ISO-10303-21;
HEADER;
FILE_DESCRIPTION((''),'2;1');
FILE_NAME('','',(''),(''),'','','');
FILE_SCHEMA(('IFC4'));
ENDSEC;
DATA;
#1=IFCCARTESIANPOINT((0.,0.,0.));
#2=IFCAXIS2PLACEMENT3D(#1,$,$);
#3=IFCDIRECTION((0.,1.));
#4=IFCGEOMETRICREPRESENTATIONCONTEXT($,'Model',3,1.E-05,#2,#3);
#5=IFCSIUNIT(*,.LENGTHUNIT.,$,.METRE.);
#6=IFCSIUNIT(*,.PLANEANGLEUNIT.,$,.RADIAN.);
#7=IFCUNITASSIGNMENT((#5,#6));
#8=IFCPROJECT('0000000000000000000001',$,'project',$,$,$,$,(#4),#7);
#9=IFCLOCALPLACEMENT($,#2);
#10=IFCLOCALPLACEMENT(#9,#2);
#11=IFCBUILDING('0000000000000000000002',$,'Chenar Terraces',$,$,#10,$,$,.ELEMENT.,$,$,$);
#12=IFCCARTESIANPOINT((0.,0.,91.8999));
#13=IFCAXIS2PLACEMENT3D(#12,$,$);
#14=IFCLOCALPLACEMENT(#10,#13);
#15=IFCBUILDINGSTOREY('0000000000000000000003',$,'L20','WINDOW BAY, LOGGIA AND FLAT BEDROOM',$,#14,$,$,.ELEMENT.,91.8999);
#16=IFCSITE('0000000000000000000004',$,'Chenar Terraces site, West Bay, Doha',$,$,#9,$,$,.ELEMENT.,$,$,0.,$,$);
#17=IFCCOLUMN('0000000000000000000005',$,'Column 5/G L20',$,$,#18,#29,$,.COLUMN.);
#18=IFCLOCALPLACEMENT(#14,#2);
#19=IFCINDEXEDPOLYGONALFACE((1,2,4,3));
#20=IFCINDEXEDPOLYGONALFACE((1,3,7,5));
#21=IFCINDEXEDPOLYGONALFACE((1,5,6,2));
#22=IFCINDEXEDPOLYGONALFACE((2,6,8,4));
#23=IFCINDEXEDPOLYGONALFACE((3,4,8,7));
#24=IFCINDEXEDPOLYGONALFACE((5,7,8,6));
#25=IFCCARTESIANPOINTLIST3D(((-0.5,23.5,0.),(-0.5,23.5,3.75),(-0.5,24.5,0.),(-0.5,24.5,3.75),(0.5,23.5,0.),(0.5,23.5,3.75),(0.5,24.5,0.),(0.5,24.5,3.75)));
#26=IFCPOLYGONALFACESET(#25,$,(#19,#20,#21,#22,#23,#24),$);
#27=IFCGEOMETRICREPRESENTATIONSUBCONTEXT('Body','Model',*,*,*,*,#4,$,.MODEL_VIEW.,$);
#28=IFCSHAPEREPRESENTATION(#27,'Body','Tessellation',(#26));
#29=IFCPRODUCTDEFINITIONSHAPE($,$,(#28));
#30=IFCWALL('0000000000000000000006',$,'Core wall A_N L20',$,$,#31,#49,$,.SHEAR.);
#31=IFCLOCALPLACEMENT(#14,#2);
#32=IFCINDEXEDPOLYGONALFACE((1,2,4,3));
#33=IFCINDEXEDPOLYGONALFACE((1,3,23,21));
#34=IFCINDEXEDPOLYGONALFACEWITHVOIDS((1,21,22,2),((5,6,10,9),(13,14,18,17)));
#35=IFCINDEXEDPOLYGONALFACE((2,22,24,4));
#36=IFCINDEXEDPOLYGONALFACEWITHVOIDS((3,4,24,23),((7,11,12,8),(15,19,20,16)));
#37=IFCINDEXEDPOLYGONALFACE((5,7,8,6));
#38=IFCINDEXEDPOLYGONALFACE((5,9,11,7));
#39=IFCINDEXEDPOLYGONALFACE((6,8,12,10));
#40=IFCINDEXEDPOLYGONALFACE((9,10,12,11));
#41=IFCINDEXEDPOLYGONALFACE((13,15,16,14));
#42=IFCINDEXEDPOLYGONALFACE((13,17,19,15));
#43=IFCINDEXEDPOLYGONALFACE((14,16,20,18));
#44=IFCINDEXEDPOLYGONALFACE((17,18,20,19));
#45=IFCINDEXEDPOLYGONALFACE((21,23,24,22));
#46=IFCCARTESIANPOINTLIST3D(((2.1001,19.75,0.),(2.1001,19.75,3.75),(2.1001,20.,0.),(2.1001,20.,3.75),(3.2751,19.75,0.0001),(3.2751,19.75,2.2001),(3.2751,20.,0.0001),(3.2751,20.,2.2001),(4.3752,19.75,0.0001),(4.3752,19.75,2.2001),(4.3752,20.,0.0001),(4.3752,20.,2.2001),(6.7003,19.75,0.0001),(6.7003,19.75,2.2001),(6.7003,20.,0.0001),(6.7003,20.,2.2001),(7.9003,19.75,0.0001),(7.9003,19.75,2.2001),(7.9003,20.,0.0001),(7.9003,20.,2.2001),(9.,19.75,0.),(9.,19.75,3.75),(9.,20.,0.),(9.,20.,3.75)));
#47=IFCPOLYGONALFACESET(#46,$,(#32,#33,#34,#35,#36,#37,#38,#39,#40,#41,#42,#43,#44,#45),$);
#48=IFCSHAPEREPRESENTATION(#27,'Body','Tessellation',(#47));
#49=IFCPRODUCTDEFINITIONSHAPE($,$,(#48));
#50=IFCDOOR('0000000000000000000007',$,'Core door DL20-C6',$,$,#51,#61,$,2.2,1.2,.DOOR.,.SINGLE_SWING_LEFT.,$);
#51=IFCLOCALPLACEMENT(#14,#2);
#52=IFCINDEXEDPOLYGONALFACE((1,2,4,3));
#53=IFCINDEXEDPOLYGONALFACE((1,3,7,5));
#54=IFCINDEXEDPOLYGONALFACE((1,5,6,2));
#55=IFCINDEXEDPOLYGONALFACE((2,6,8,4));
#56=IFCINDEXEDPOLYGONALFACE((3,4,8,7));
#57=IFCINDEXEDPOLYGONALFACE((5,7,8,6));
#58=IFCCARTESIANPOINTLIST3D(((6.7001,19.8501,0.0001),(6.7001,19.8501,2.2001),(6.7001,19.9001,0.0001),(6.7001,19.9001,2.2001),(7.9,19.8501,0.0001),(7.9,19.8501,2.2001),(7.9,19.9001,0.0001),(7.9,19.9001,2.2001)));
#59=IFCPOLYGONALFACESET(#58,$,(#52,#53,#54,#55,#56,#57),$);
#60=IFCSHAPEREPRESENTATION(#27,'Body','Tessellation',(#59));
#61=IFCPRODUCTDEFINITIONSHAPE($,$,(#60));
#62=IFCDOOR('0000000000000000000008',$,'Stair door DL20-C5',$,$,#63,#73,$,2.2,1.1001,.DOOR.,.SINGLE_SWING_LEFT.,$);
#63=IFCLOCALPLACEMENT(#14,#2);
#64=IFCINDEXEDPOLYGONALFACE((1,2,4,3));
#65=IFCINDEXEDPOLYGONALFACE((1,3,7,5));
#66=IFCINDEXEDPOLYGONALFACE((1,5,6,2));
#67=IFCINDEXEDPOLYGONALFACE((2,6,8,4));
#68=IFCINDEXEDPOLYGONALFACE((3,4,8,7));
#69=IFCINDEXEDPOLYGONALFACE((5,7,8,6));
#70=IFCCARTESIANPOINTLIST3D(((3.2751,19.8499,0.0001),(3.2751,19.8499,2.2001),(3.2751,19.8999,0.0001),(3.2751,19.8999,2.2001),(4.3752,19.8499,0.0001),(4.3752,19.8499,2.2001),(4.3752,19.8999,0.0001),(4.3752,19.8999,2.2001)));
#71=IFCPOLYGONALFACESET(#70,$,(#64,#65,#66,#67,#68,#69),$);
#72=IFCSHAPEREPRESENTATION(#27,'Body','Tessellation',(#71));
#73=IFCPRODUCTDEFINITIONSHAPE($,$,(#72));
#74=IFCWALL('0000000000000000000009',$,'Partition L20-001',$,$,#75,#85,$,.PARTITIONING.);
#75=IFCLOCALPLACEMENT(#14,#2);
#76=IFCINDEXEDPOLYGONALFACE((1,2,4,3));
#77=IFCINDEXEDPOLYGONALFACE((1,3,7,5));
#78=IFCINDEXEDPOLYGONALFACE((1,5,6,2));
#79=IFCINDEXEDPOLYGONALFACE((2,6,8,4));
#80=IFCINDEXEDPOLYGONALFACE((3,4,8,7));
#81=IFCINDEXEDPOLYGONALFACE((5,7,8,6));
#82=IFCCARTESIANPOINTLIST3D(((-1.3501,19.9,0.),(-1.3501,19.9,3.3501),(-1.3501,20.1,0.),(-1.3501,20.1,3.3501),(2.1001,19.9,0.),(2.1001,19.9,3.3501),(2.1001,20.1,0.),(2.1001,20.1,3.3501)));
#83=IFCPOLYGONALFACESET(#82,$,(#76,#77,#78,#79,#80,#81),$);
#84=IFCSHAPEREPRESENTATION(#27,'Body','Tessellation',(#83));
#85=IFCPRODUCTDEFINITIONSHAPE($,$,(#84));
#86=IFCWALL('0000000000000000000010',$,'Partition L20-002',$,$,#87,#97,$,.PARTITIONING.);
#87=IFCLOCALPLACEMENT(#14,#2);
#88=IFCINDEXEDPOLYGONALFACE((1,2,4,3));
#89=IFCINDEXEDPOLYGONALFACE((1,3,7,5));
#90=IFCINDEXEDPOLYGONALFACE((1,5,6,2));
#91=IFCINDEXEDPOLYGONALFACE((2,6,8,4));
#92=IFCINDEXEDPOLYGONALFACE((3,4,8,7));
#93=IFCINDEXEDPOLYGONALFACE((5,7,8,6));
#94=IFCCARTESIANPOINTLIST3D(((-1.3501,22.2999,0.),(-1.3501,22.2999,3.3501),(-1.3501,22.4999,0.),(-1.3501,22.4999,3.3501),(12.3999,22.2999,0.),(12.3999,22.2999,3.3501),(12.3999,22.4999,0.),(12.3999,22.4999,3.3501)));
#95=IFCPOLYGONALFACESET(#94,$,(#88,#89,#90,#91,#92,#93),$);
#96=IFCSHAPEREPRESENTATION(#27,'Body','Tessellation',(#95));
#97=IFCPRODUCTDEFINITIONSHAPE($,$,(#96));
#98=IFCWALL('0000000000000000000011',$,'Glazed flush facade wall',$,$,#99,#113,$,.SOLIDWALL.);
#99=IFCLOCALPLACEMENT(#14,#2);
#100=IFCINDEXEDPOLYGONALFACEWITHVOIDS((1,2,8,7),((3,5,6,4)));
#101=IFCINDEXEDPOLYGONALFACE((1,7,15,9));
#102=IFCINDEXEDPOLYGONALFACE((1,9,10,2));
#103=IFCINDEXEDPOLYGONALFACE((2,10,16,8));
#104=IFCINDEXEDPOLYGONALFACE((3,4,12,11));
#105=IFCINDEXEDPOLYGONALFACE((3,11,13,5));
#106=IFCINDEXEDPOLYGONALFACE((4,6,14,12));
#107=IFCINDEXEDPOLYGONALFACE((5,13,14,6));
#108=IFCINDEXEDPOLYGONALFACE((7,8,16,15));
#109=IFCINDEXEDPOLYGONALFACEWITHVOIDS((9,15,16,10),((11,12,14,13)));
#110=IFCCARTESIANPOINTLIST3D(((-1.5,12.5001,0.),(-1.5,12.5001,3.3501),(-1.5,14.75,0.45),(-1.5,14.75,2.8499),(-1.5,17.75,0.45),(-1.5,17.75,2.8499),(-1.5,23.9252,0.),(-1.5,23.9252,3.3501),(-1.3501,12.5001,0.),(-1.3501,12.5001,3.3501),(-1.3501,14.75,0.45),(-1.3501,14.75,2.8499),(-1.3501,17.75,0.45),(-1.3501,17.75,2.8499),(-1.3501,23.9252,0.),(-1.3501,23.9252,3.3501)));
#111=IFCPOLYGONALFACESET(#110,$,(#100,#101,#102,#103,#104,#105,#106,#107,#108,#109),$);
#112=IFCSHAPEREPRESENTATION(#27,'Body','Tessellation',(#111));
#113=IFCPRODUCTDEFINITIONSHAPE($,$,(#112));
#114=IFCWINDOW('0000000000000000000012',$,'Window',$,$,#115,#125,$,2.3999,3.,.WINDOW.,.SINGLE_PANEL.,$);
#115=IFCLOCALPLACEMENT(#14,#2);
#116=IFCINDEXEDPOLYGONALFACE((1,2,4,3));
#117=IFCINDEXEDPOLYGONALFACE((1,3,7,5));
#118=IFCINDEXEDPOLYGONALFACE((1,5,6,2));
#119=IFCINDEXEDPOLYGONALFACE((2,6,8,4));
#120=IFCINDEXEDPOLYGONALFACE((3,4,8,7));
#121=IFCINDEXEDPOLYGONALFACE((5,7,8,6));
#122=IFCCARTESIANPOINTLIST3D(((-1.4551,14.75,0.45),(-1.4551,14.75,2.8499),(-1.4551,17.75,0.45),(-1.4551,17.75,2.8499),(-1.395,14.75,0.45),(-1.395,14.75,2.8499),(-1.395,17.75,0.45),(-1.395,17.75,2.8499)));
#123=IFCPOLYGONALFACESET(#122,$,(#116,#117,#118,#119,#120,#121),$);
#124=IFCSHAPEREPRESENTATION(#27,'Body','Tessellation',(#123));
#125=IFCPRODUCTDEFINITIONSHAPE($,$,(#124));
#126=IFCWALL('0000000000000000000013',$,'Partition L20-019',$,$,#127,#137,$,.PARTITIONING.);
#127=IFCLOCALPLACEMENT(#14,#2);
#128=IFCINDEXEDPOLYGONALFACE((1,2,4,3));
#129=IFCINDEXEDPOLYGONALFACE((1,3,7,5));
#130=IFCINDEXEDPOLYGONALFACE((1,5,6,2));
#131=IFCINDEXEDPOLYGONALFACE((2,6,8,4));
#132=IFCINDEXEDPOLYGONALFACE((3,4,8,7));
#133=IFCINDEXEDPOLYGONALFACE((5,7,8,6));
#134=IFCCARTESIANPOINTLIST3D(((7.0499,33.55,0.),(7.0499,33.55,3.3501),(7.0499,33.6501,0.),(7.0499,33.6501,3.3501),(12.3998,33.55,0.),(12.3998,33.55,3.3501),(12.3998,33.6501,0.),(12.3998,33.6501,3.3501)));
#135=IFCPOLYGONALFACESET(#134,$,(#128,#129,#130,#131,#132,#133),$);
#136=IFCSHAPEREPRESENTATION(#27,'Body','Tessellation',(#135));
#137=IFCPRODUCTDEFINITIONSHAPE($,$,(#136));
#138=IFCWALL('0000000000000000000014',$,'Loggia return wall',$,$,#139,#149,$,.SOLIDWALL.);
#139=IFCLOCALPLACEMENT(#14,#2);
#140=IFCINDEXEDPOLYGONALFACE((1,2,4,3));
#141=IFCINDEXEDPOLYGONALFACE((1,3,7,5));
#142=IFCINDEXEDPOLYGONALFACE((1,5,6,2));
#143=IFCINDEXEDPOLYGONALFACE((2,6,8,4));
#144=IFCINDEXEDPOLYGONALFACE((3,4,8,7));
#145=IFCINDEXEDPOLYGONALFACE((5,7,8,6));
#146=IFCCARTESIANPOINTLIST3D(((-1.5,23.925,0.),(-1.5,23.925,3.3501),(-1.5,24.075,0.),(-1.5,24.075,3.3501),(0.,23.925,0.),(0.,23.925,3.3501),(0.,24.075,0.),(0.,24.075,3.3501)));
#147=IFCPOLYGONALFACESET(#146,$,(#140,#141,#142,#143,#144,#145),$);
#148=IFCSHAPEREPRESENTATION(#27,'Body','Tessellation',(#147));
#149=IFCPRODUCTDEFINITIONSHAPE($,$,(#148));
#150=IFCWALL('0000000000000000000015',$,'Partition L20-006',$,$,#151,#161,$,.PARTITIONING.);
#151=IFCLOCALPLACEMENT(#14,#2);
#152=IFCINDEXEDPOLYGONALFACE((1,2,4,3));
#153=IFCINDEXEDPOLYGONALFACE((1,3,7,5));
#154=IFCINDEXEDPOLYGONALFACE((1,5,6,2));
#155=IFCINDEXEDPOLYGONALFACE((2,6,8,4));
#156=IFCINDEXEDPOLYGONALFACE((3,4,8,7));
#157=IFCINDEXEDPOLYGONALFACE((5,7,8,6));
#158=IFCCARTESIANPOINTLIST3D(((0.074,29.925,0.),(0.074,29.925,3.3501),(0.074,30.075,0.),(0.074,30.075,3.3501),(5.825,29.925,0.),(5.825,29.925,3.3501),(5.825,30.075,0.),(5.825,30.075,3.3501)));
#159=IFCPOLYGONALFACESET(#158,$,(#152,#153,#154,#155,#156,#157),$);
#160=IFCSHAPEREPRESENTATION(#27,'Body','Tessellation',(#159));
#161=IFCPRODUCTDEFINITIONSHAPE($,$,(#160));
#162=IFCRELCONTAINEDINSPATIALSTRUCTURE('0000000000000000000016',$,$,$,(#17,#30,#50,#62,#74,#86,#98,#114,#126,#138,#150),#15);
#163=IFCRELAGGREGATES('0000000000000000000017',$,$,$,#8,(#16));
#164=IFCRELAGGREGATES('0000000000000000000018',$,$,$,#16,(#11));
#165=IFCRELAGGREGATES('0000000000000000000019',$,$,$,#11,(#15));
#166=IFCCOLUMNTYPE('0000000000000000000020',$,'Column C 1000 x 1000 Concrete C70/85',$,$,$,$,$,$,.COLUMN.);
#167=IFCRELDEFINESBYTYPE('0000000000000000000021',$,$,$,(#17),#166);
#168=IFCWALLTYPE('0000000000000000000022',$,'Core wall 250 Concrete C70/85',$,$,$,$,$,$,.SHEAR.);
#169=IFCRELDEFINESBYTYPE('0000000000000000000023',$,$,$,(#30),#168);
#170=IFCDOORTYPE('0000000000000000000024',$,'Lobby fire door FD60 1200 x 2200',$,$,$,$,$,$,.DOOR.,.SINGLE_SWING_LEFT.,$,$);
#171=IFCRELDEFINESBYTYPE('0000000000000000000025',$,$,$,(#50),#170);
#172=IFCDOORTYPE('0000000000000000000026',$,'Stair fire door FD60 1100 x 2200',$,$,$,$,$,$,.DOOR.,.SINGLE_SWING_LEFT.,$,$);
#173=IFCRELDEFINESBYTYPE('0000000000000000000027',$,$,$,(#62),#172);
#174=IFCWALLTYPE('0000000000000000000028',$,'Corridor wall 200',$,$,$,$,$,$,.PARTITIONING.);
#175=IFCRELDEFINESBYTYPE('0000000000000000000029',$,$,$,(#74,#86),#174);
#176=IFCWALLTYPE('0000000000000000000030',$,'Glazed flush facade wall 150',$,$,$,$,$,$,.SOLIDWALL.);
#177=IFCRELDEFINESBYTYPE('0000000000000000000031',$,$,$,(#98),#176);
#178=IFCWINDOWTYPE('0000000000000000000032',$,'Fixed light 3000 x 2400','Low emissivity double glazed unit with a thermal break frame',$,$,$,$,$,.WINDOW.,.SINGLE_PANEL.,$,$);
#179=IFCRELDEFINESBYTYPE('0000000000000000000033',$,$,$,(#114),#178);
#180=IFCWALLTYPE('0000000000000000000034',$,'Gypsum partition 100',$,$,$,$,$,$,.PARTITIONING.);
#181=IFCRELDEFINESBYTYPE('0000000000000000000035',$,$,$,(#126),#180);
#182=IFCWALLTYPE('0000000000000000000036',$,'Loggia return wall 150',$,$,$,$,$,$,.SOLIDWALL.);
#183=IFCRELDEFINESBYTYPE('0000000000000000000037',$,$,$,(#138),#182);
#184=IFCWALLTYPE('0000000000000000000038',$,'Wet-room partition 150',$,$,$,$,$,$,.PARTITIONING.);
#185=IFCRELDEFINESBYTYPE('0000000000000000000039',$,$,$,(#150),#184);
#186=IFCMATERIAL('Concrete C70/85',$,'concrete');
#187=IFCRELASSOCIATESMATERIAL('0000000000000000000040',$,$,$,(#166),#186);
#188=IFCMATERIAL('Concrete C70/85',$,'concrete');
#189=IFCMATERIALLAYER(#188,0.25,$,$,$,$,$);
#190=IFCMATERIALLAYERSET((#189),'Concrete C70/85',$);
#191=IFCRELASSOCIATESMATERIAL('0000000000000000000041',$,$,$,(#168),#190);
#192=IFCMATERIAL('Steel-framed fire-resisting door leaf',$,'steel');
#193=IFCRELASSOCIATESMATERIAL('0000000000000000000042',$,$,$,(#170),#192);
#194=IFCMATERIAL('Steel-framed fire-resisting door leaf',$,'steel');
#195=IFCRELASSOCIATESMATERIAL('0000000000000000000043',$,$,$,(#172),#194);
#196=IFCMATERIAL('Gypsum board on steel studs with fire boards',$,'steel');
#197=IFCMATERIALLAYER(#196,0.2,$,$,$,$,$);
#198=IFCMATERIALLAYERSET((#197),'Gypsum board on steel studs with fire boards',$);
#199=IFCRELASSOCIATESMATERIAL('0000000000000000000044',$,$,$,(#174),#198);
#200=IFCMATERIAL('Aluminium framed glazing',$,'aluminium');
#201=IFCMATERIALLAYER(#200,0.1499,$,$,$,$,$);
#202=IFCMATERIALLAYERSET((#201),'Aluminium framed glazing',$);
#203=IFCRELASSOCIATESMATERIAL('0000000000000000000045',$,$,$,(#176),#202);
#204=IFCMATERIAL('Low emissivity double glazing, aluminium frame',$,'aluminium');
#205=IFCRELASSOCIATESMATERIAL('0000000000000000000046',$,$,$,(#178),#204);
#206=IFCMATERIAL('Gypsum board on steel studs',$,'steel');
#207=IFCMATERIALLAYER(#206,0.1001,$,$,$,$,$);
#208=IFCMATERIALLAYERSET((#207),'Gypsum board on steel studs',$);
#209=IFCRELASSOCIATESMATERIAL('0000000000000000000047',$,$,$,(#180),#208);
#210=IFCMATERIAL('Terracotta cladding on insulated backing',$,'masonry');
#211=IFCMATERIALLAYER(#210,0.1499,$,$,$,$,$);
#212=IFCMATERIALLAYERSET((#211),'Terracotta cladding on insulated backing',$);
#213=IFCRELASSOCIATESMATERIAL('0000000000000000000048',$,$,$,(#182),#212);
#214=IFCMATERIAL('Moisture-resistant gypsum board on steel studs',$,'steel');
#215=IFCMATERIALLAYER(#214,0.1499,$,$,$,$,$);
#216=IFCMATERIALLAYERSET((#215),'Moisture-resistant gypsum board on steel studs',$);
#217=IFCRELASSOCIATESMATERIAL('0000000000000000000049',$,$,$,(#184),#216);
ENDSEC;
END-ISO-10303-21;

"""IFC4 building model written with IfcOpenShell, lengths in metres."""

from ifc_helpers import new_model, si_unit, direction, frame, frame_2d, origin, origin_2d, place, context, subcontext, project, spatial, rectangle, extrude, material, layer, layer_set, material_profile, profile_set, type_object, element, fill, save


model = new_model("IFC4")

# Units and contexts
model_context = context("Model", 3, precision=1e-05, world=origin(), true_north=direction((0.0, 1.0)))
body_context = subcontext(model_context, "Body", "Model", "MODEL_VIEW")
ifc_project = project(units=[si_unit("LENGTHUNIT", "METRE"), si_unit("PLANEANGLEUNIT", "RADIAN")], contexts=[model_context])

# Site, building, storey
site_placement = place(None, origin())
site = spatial("IfcSite", under=ifc_project, at=site_placement, Name="Chenar Terraces site, West Bay, Doha", CompositionType="ELEMENT", RefElevation=0.0)
building_placement = place(site_placement, origin())
building = spatial("IfcBuilding", under=site, at=building_placement, Name="Chenar Terraces", CompositionType="ELEMENT")
storey_placement = place(building_placement, frame((0.0, 0.0, 91.8999)))
storey = spatial("IfcBuildingStorey", under=building, at=storey_placement, Name="L20", Description="WINDOW BAY, LOGGIA AND FLAT BEDROOM", CompositionType="ELEMENT", Elevation=91.8999)

# Column
ifc_material_1 = material(Name="Concrete C70/85", Category="concrete")
ifc_material_profile_1 = material_profile(ifc_material_1, rectangle(XDim=1.0, YDim=1.0, at=origin_2d()), Name="C 1000 x 1000")
ifc_profile_set_1 = profile_set([ifc_material_profile_1], Name="Concrete C70/85")
column_type = type_object("IfcColumnType", Name="Column C 1000 x 1000 Concrete C70/85", PredefinedType="COLUMN", material=ifc_profile_set_1)
column_placement = place(storey_placement, frame((0.0, 24.0, 0.0), z_axis=(0.0, 0.0, 1.0), x_axis=(1.0, 0.0, 0.0)))
element("IfcColumn", 1, at=column_placement, inside=storey, type_object=column_type, Name="Column 5/G L20", PredefinedType="COLUMN", context=body_context, shape_type="SweptSolid", body=[
    extrude(rectangle(XDim=1.0, YDim=1.0, at=origin_2d()), origin(), (0.0, 0.0, 1.0), 3.75),
])

# Wall, openings, doors
ifc_material_2 = material(Name="Concrete C70/85", Category="concrete")
ifc_layer_1 = layer(ifc_material_2, 0.25)
ifc_layer_set_1 = layer_set([ifc_layer_1], Name="Concrete C70/85")
wall_type_1 = type_object("IfcWallType", Name="Core wall 250 Concrete C70/85", PredefinedType="SHEAR", material=ifc_layer_set_1)
wall_1_placement = place(storey_placement, frame((2.1001, 19.875, 0.0), z_axis=(0.0, 0.0, 1.0), x_axis=(1.0, 0.0, 0.0)))
wall_1 = element("IfcWall", 2, at=wall_1_placement, inside=storey, type_object=wall_type_1, Name="Core wall A_N L20", PredefinedType="SHEAR", context=body_context, shape_type="SweptSolid", body=[
    extrude(rectangle(XDim=6.8999, YDim=0.25, at=frame_2d((3.45, 0.0))), origin(), (0.0, 0.0, 1.0), 3.75),
])
opening_1_placement = place(wall_1_placement, frame((1.175, 0.0, 0.0)))
opening_1 = element("IfcOpeningElement", 3, at=opening_1_placement, cuts=wall_1, PredefinedType="OPENING", context=body_context, shape_type="SweptSolid", body=[
    extrude(rectangle(XDim=1.1001, YDim=2.2, at=frame_2d((0.55, 1.1001))), frame((0.0, 0.135, 0.0), z_axis=(0.0, -1.0, 0.0), x_axis=(1.0, 0.0, 0.0)), (0.0, 0.0, 1.0), 0.27),
])
opening_2_placement = place(wall_1_placement, frame((4.6001, 0.0, 0.0)))
opening_2 = element("IfcOpeningElement", 4, at=opening_2_placement, cuts=wall_1, PredefinedType="OPENING", context=body_context, shape_type="SweptSolid", body=[
    extrude(rectangle(XDim=1.2, YDim=2.2, at=frame_2d((0.6001, 1.1001))), frame((0.0, 0.135, 0.0), z_axis=(0.0, -1.0, 0.0), x_axis=(1.0, 0.0, 0.0)), (0.0, 0.0, 1.0), 0.27),
])
ifc_material_3 = material(Name="Steel-framed fire-resisting door leaf", Category="steel")
door_type_1 = type_object("IfcDoorType", Name="Lobby fire door FD60 1200 x 2200", OperationType="SINGLE_SWING_LEFT", PredefinedType="DOOR", material=ifc_material_3)
door_1_placement = place(opening_2_placement, frame((1.2, 0.0, 0.0), z_axis=(0.0, 0.0, 1.0), x_axis=(-1.0, 0.0, 0.0)))
door_1 = element("IfcDoor", 5, at=door_1_placement, inside=storey, type_object=door_type_1, Name="Core door DL20-C6", OperationType="SINGLE_SWING_LEFT", OverallHeight=2.2, OverallWidth=1.2, PredefinedType="DOOR", context=body_context, shape_type="SweptSolid", body=[
    extrude(rectangle(XDim=1.2, YDim=2.2, at=frame_2d((0.6001, 1.1001))), frame((0.0, 0.0249, 0.0), z_axis=(0.0, -1.0, 0.0), x_axis=(1.0, 0.0, 0.0)), (0.0, 0.0, 1.0), 0.05),
])
fill(opening_2, door_1)
ifc_material_4 = material(Name="Steel-framed fire-resisting door leaf", Category="steel")
door_type_2 = type_object("IfcDoorType", Name="Stair fire door FD60 1100 x 2200", OperationType="SINGLE_SWING_LEFT", PredefinedType="DOOR", material=ifc_material_4)
door_2_placement = place(opening_1_placement, origin())
door_2 = element("IfcDoor", 6, at=door_2_placement, inside=storey, type_object=door_type_2, Name="Stair door DL20-C5", OperationType="SINGLE_SWING_LEFT", OverallHeight=2.2, OverallWidth=1.1001, PredefinedType="DOOR", context=body_context, shape_type="SweptSolid", body=[
    extrude(rectangle(XDim=1.1001, YDim=2.2, at=frame_2d((0.55, 1.1001))), frame((0.0, 0.0249, 0.0), z_axis=(0.0, -1.0, 0.0), x_axis=(1.0, 0.0, 0.0)), (0.0, 0.0, 1.0), 0.05),
])
fill(opening_1, door_2)

# Walls
ifc_material_5 = material(Name="Gypsum board on steel studs with fire boards", Category="steel")
ifc_layer_2 = layer(ifc_material_5, 0.2)
ifc_layer_set_2 = layer_set([ifc_layer_2], Name="Gypsum board on steel studs with fire boards")
wall_type_2 = type_object("IfcWallType", Name="Corridor wall 200", PredefinedType="PARTITIONING", material=ifc_layer_set_2)
wall_2_placement = place(storey_placement, frame((-1.3501, 20.0, 0.0), z_axis=(0.0, 0.0, 1.0), x_axis=(1.0, 0.0, 0.0)))
element("IfcWall", 7, at=wall_2_placement, inside=storey, type_object=wall_type_2, Name="Partition L20-001", PredefinedType="PARTITIONING", context=body_context, shape_type="SweptSolid", body=[
    extrude(rectangle(XDim=3.4502, YDim=0.2, at=frame_2d((1.7251, 0.0))), origin(), (0.0, 0.0, 1.0), 3.3501),
])
wall_3_placement = place(storey_placement, frame((-1.3501, 22.3999, 0.0), z_axis=(0.0, 0.0, 1.0), x_axis=(1.0, 0.0, 0.0)))
element("IfcWall", 8, at=wall_3_placement, inside=storey, type_object=wall_type_2, Name="Partition L20-002", PredefinedType="PARTITIONING", context=body_context, shape_type="SweptSolid", body=[
    extrude(rectangle(XDim=13.75, YDim=0.2, at=frame_2d((6.875, 0.0))), origin(), (0.0, 0.0, 1.0), 3.3501),
])

# Wall, opening, window
ifc_material_6 = material(Name="Aluminium framed glazing", Category="aluminium")
ifc_layer_3 = layer(ifc_material_6, 0.1499)
ifc_layer_set_3 = layer_set([ifc_layer_3], Name="Aluminium framed glazing")
wall_type_3 = type_object("IfcWallType", Name="Glazed flush facade wall 150", PredefinedType="SOLIDWALL", material=ifc_layer_set_3)
wall_4_placement = place(storey_placement, frame((-1.425, 23.925, 0.0), z_axis=(0.0, 0.0, 1.0), x_axis=(0.0, -1.0, 0.0)))
wall_4 = element("IfcWall", 9, at=wall_4_placement, inside=storey, type_object=wall_type_3, Name="Glazed flush facade wall", PredefinedType="SOLIDWALL", context=body_context, shape_type="SweptSolid", body=[
    extrude(rectangle(XDim=11.425, YDim=0.1499, at=frame_2d((5.7124, 0.0))), origin(), (0.0, 0.0, 1.0), 3.3501),
])
opening_3_placement = place(wall_4_placement, frame((6.175, 0.0, 0.45)))
opening_3 = element("IfcOpeningElement", 10, at=opening_3_placement, cuts=wall_4, PredefinedType="OPENING", context=body_context, shape_type="SweptSolid", body=[
    extrude(rectangle(XDim=3.0, YDim=2.3999, at=frame_2d((1.5, 1.2))), frame((0.0, 0.085, 0.0), z_axis=(0.0, -1.0, 0.0), x_axis=(1.0, 0.0, 0.0)), (0.0, 0.0, 1.0), 0.1699),
])
ifc_material_7 = material(Name="Low emissivity double glazing, aluminium frame", Category="aluminium")
window_type = type_object("IfcWindowType", Name="Fixed light 3000 x 2400", Description="Low emissivity double glazed unit with a thermal break frame", PartitioningType="SINGLE_PANEL", PredefinedType="WINDOW", material=ifc_material_7)
window_placement = place(opening_3_placement, origin())
window = element("IfcWindow", 11, at=window_placement, inside=storey, type_object=window_type, Name="Window", OverallHeight=2.3999, OverallWidth=3.0, PartitioningType="SINGLE_PANEL", PredefinedType="WINDOW", context=body_context, shape_type="SweptSolid", body=[
    extrude(rectangle(XDim=3.0, YDim=2.3999, at=frame_2d((1.5, 1.2))), frame((0.0, 0.03, 0.0), z_axis=(0.0, -1.0, 0.0), x_axis=(1.0, 0.0, 0.0)), (0.0, 0.0, 1.0), 0.0601),
])
fill(opening_3, window)

# Walls
ifc_material_8 = material(Name="Gypsum board on steel studs", Category="steel")
ifc_layer_4 = layer(ifc_material_8, 0.1001)
ifc_layer_set_4 = layer_set([ifc_layer_4], Name="Gypsum board on steel studs")
wall_type_4 = type_object("IfcWallType", Name="Gypsum partition 100", PredefinedType="PARTITIONING", material=ifc_layer_set_4)
wall_5_placement = place(storey_placement, frame((7.05, 33.6001, 0.0), z_axis=(0.0, 0.0, 1.0), x_axis=(1.0, 0.0, 0.0)))
element("IfcWall", 12, at=wall_5_placement, inside=storey, type_object=wall_type_4, Name="Partition L20-019", PredefinedType="PARTITIONING", context=body_context, shape_type="SweptSolid", body=[
    extrude(rectangle(XDim=5.3499, YDim=0.1001, at=frame_2d((2.6748, 0.0))), origin(), (0.0, 0.0, 1.0), 3.3501),
])
ifc_material_9 = material(Name="Terracotta cladding on insulated backing", Category="masonry")
ifc_layer_5 = layer(ifc_material_9, 0.1499)
ifc_layer_set_5 = layer_set([ifc_layer_5], Name="Terracotta cladding on insulated backing")
wall_type_5 = type_object("IfcWallType", Name="Loggia return wall 150", PredefinedType="SOLIDWALL", material=ifc_layer_set_5)
wall_6_placement = place(storey_placement, frame((-1.5, 24.0, 0.0), z_axis=(0.0, 0.0, 1.0), x_axis=(1.0, 0.0, 0.0)))
element("IfcWall", 13, at=wall_6_placement, inside=storey, type_object=wall_type_5, Name="Loggia return wall", PredefinedType="SOLIDWALL", context=body_context, shape_type="SweptSolid", body=[
    extrude(rectangle(XDim=1.5, YDim=0.1499, at=frame_2d((0.75, 0.0))), origin(), (0.0, 0.0, 1.0), 3.3501),
])
ifc_material_10 = material(Name="Moisture-resistant gypsum board on steel studs", Category="steel")
ifc_layer_6 = layer(ifc_material_10, 0.1499)
ifc_layer_set_6 = layer_set([ifc_layer_6], Name="Moisture-resistant gypsum board on steel studs")
wall_type_6 = type_object("IfcWallType", Name="Wet-room partition 150", PredefinedType="PARTITIONING", material=ifc_layer_set_6)
wall_7_placement = place(storey_placement, frame((0.074, 30.0, 0.0), z_axis=(0.0, 0.0, 1.0), x_axis=(1.0, 0.0, 0.0)))
element("IfcWall", 14, at=wall_7_placement, inside=storey, type_object=wall_type_6, Name="Partition L20-006", PredefinedType="PARTITIONING", context=body_context, shape_type="SweptSolid", body=[
    extrude(rectangle(XDim=5.751, YDim=0.1499, at=frame_2d((2.8755, 0.0))), origin(), (0.0, 0.0, 1.0), 3.3501),
])

save(model, "model.ifc")
